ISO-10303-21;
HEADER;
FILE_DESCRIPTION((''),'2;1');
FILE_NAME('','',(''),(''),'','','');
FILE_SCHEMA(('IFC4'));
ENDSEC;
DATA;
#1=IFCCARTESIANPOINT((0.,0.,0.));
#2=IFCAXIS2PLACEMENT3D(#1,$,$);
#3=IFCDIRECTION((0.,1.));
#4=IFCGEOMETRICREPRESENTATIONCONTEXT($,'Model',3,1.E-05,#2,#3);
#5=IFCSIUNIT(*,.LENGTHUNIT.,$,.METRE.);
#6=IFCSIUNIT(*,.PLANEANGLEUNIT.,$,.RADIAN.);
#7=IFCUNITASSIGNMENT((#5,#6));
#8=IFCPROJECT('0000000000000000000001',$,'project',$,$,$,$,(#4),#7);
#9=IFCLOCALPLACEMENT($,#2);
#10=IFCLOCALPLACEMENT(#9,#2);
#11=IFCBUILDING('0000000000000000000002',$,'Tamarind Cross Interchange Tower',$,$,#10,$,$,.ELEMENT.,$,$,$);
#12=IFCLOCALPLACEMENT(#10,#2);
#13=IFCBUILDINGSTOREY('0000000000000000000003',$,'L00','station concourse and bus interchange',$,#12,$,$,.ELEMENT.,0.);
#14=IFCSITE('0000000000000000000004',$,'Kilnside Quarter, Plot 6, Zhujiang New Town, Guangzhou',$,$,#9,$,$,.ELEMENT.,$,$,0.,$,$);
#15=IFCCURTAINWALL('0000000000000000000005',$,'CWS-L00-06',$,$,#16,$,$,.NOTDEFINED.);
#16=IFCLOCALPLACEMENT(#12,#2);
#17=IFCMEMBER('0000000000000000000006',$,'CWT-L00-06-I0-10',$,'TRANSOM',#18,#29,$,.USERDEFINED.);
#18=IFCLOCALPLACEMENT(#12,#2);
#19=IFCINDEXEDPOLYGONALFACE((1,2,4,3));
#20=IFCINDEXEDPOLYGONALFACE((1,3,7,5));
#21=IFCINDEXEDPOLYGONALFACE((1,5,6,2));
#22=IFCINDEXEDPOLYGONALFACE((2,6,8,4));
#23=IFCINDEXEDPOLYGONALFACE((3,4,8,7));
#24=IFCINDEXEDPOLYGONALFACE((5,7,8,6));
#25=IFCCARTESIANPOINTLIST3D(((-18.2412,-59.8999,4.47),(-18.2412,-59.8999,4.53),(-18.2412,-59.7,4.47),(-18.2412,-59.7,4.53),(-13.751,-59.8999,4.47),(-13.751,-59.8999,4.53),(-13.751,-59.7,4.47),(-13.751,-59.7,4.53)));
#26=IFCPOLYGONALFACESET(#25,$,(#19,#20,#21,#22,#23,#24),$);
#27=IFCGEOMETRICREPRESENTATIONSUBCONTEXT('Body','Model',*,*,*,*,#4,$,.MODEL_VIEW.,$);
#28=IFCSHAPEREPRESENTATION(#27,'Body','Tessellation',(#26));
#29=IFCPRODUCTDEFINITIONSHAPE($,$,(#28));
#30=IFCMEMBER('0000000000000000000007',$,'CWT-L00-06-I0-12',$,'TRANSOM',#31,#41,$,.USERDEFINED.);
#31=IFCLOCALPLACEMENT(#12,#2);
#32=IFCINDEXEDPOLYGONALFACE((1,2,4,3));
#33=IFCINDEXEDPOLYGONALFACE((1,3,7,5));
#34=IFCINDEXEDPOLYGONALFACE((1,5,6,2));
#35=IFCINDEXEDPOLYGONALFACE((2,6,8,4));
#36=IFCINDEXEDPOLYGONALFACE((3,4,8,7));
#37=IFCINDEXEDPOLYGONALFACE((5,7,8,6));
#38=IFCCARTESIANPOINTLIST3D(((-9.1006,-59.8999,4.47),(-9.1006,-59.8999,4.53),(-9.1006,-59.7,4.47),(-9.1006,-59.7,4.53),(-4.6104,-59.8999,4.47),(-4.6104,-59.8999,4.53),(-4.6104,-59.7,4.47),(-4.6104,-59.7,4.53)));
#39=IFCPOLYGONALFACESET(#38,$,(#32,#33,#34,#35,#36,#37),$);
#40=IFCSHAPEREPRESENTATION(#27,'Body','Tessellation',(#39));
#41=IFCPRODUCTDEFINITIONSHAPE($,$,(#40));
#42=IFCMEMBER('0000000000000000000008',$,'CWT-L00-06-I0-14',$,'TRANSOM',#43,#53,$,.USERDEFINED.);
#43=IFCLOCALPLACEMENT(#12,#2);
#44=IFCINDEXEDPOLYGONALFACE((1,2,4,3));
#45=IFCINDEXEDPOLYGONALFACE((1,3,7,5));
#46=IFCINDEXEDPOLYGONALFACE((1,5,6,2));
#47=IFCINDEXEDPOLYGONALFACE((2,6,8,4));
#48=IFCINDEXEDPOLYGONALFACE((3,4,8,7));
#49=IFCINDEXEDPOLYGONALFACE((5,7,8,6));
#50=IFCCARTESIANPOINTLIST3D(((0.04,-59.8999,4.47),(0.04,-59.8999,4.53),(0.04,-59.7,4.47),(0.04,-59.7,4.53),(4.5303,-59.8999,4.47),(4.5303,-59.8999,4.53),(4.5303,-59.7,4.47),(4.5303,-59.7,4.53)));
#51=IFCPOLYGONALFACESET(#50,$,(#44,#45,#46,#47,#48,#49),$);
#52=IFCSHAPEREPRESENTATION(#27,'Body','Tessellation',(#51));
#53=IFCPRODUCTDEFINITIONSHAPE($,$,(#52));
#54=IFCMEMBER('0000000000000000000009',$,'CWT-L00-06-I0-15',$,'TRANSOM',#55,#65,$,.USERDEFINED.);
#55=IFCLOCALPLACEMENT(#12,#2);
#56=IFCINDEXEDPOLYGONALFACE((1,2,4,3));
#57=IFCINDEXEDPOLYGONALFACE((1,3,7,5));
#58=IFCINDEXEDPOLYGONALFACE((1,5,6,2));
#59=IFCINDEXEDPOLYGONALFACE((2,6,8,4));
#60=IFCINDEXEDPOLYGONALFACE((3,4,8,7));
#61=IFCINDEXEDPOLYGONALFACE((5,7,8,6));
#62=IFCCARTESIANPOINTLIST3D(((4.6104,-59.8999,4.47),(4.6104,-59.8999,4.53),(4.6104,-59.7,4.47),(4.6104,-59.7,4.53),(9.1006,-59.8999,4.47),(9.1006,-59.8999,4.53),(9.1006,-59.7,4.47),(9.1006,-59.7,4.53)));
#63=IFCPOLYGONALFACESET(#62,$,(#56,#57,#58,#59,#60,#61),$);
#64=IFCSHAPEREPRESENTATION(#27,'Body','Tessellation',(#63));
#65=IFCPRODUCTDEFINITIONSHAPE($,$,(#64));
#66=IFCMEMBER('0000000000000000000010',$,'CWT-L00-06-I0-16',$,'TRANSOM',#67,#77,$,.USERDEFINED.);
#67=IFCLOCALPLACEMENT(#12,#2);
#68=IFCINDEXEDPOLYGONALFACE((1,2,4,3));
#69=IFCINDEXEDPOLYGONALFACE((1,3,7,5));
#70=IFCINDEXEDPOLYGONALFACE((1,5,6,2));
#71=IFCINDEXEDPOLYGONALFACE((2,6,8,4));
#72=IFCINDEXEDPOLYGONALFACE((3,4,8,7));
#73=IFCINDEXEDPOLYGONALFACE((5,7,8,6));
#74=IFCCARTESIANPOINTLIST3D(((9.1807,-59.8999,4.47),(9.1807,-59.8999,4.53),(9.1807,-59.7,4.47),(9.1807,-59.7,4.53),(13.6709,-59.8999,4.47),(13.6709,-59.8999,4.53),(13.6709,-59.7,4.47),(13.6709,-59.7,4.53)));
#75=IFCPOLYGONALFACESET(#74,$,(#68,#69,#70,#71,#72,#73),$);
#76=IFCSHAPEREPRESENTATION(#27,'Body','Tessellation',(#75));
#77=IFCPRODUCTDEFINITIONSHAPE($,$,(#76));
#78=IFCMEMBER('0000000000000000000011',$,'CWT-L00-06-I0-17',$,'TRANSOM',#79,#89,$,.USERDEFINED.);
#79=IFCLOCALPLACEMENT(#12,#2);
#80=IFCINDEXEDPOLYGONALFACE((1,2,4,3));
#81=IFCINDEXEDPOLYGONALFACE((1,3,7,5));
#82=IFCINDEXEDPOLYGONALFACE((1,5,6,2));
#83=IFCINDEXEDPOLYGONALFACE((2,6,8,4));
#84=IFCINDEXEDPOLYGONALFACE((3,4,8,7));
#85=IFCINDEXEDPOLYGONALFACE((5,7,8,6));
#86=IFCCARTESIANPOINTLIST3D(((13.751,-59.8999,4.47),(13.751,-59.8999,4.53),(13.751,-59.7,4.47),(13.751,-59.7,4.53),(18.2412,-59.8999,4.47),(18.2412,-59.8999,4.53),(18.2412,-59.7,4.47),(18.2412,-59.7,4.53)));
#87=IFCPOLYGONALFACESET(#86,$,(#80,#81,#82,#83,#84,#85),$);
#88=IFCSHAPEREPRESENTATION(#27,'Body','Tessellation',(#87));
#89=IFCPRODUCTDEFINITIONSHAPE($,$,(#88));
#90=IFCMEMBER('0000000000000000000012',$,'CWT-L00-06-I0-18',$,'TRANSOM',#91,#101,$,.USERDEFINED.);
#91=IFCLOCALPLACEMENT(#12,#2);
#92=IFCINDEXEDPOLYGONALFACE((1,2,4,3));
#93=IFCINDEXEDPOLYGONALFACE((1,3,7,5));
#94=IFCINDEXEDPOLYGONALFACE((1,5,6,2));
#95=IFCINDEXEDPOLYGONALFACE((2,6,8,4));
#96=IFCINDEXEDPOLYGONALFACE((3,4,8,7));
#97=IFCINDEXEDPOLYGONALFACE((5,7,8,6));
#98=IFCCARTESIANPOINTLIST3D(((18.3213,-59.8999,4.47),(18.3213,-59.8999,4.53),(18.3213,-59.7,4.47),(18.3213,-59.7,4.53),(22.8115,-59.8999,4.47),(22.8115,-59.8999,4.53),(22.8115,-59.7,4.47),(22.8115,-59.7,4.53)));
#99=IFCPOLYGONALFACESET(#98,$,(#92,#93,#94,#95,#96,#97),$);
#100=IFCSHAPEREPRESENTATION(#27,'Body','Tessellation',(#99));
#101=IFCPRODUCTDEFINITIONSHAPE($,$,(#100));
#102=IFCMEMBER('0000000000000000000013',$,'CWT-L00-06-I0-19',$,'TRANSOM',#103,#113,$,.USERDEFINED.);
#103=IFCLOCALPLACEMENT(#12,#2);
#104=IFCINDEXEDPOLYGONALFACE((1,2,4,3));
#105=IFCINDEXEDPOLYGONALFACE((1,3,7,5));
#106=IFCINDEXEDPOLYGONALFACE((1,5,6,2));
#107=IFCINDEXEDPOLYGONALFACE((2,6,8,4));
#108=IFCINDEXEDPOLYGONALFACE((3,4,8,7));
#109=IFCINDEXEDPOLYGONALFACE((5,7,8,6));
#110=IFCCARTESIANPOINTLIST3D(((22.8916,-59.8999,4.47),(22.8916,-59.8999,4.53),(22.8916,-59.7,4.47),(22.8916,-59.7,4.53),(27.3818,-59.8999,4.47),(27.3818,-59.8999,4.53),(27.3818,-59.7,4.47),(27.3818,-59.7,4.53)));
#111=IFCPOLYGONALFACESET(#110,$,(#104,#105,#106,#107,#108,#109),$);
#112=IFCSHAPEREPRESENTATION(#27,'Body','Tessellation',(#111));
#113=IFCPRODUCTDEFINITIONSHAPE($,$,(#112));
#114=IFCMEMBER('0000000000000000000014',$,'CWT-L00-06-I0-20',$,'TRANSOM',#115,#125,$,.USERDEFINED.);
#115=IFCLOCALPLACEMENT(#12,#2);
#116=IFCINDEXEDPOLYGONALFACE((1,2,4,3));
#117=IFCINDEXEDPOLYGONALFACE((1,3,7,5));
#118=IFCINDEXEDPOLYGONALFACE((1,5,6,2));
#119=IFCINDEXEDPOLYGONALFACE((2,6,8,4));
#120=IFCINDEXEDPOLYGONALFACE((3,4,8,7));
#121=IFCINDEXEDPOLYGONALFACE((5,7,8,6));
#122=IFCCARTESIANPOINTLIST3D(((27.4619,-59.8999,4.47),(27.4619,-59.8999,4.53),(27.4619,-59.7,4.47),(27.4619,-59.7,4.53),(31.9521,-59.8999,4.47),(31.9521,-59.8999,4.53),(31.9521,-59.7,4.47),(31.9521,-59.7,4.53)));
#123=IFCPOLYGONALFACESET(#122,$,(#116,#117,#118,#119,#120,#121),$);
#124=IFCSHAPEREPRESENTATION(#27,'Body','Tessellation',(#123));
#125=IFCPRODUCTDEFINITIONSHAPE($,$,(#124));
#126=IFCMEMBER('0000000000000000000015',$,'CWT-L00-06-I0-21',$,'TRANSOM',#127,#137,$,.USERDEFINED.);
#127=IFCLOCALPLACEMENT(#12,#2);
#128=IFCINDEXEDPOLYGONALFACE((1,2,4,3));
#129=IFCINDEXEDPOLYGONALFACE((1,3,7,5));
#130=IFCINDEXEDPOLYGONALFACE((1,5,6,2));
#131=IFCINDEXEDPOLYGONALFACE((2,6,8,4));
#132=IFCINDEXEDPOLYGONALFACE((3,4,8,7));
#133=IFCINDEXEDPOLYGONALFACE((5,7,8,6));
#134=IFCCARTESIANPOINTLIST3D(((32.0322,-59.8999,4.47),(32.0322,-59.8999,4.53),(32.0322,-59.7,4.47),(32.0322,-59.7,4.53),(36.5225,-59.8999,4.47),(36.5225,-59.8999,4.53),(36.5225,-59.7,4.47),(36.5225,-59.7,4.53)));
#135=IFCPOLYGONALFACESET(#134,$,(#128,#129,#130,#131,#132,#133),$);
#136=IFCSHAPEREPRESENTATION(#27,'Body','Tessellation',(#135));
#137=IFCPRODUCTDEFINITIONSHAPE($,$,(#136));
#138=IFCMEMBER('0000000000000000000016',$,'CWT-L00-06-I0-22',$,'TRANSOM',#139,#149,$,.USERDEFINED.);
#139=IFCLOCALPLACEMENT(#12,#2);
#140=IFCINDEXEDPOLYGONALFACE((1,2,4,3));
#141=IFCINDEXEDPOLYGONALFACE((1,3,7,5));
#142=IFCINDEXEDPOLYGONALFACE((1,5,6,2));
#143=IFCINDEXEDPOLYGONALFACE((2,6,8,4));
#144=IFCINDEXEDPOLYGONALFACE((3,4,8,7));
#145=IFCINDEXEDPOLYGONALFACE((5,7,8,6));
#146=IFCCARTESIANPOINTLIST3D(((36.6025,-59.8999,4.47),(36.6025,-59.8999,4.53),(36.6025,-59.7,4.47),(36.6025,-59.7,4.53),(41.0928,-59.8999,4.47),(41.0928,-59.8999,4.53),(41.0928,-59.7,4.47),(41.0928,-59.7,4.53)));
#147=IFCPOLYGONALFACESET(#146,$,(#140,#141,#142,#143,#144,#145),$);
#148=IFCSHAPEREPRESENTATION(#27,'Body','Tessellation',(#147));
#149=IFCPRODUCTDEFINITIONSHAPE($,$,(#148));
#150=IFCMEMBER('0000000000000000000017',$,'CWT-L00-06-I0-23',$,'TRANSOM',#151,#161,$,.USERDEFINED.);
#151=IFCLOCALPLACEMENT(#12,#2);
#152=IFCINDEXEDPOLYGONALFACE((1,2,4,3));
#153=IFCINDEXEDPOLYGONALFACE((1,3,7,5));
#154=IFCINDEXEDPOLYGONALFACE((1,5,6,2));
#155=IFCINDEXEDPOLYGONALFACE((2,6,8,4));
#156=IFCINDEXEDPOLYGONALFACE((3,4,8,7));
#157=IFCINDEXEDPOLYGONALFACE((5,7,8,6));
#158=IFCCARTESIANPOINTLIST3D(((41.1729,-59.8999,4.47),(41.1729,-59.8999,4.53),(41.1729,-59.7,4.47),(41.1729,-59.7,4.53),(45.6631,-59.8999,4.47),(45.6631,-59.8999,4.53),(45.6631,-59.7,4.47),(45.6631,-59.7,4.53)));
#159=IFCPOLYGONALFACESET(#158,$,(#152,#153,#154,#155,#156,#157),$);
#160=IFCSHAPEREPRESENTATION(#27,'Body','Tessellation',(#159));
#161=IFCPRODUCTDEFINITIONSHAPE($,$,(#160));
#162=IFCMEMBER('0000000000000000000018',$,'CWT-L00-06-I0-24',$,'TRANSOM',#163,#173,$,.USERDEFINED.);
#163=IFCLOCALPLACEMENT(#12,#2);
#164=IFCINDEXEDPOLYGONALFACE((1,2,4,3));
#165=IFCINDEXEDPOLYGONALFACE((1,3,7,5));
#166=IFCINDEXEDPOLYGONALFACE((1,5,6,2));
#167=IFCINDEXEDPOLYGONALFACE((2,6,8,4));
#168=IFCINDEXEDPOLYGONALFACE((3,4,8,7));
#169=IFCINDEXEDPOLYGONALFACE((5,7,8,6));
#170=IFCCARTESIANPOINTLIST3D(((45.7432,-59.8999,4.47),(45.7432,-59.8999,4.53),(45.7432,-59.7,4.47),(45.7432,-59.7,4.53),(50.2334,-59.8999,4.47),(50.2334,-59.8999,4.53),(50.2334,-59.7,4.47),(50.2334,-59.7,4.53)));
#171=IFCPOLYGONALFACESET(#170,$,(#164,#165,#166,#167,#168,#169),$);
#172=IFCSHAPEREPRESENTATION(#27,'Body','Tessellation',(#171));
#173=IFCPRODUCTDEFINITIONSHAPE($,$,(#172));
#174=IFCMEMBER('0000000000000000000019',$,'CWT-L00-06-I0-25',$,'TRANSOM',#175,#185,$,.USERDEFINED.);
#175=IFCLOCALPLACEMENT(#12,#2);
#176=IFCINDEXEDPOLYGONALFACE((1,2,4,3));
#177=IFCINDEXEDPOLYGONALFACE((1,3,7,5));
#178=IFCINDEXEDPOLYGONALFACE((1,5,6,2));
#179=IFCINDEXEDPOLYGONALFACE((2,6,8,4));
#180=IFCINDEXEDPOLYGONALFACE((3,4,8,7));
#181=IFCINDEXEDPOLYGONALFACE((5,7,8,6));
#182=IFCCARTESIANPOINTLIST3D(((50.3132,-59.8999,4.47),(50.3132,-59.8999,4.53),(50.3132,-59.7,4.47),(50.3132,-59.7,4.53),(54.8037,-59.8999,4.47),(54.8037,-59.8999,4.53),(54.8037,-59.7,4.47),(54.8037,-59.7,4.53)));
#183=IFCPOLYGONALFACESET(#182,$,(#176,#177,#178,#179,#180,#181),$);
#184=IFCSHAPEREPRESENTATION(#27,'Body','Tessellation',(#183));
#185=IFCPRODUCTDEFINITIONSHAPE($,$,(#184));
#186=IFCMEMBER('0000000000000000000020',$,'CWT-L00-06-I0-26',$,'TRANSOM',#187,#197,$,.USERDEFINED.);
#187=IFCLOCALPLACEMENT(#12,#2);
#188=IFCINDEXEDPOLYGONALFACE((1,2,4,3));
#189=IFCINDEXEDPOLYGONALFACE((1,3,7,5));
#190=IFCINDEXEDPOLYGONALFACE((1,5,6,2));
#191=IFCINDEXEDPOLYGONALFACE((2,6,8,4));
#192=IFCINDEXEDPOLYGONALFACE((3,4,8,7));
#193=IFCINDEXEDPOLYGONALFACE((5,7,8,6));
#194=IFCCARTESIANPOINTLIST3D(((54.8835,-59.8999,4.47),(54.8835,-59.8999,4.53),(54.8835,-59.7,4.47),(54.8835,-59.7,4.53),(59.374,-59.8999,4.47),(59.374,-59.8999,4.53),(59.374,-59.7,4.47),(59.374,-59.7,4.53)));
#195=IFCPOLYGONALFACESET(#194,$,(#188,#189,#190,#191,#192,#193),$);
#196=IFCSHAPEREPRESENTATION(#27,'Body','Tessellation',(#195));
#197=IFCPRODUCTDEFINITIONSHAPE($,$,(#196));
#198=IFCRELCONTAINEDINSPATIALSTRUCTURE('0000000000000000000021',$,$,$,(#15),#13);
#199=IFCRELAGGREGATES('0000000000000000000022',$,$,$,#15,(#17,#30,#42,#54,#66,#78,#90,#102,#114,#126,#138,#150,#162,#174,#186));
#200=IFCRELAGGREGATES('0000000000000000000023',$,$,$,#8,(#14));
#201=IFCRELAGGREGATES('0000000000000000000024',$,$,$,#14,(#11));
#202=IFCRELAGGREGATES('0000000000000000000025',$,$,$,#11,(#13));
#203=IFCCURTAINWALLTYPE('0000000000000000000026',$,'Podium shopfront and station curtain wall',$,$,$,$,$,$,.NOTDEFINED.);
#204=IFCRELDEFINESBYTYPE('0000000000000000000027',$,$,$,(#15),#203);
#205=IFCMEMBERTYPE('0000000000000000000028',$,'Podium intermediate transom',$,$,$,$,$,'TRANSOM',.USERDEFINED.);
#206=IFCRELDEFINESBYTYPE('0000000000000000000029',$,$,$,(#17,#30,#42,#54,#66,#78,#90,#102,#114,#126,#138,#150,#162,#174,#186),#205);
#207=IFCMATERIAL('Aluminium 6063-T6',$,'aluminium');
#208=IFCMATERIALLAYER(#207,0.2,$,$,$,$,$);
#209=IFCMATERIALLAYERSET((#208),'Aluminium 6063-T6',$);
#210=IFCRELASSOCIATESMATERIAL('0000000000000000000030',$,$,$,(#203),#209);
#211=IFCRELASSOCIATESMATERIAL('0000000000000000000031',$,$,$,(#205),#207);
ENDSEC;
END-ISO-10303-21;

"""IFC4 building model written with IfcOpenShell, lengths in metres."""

from ifc_helpers import new_model, si_unit, direction, frame, origin, place, context, subcontext, project, spatial, polyline, outline, extrude, material, layer, layer_set, type_object, element, aggregate, save


model = new_model("IFC4")

# Units and contexts
model_context = context("Model", 3, precision=1e-05, world=origin(), true_north=direction((0.0, 1.0)))
body_context = subcontext(model_context, "Body", "Model", "MODEL_VIEW")
ifc_project = project(units=[si_unit("LENGTHUNIT", "METRE"), si_unit("PLANEANGLEUNIT", "RADIAN")], contexts=[model_context])

# Site, building, storey
site_placement = place(None, origin())
site = spatial("IfcSite", under=ifc_project, at=site_placement, Name="Kilnside Quarter, Plot 6, Zhujiang New Town, Guangzhou", CompositionType="ELEMENT", RefElevation=0.0)
building_placement = place(site_placement, origin())
building = spatial("IfcBuilding", under=site, at=building_placement, Name="Tamarind Cross Interchange Tower", CompositionType="ELEMENT")
storey_placement = place(building_placement, origin())
storey = spatial("IfcBuildingStorey", under=building, at=storey_placement, Name="L00", Description="station concourse and bus interchange", CompositionType="ELEMENT", Elevation=0.0)

# Curtain wall, members
ifc_material_1 = material(Name="Aluminium 6063-T6", Category="aluminium")
ifc_layer_1 = layer(ifc_material_1, 0.2)
ifc_layer_set_1 = layer_set([ifc_layer_1], Name="Aluminium 6063-T6")
curtain_wall_type = type_object("IfcCurtainWallType", Name="Podium shopfront and station curtain wall", PredefinedType="NOTDEFINED", material=ifc_layer_set_1)
curtain_wall_placement = place(storey_placement, origin())
curtain_wall = element("IfcCurtainWall", 1, at=curtain_wall_placement, inside=storey, type_object=curtain_wall_type, Name="CWS-L00-06", PredefinedType="NOTDEFINED")
member_type = type_object("IfcMemberType", Name="Podium intermediate transom", ElementType="TRANSOM", PredefinedType="USERDEFINED", material=ifc_material_1)
member_1_placement = place(storey_placement, frame((0.0, 0.0, 4.47)))
member_1 = element("IfcMember", 2, at=member_1_placement, type_object=member_type, Name="CWT-L00-06-I0-10", ObjectType="TRANSOM", PredefinedType="USERDEFINED", context=body_context, shape_type="SweptSolid", body=[
    extrude(outline(polyline([(-18.2412, -59.7), (-13.751, -59.7), (-13.751, -59.8999), (-18.2412, -59.8999), (-18.2412, -59.7)])), origin(), (0.0, 0.0, 1.0), 0.0601),
])
member_2_placement = place(storey_placement, frame((0.0, 0.0, 4.47)))
member_2 = element("IfcMember", 3, at=member_2_placement, type_object=member_type, Name="CWT-L00-06-I0-12", ObjectType="TRANSOM", PredefinedType="USERDEFINED", context=body_context, shape_type="SweptSolid", body=[
    extrude(outline(polyline([(-9.1006, -59.7), (-4.6104, -59.7), (-4.6104, -59.8999), (-9.1006, -59.8999), (-9.1006, -59.7)])), origin(), (0.0, 0.0, 1.0), 0.0601),
])
member_3_placement = place(storey_placement, frame((0.0, 0.0, 4.47)))
member_3 = element("IfcMember", 4, at=member_3_placement, type_object=member_type, Name="CWT-L00-06-I0-14", ObjectType="TRANSOM", PredefinedType="USERDEFINED", context=body_context, shape_type="SweptSolid", body=[
    extrude(outline(polyline([(0.04, -59.7), (4.5303, -59.7), (4.5303, -59.8999), (0.04, -59.8999), (0.04, -59.7)])), origin(), (0.0, 0.0, 1.0), 0.0601),
])
member_4_placement = place(storey_placement, frame((0.0, 0.0, 4.47)))
member_4 = element("IfcMember", 5, at=member_4_placement, type_object=member_type, Name="CWT-L00-06-I0-15", ObjectType="TRANSOM", PredefinedType="USERDEFINED", context=body_context, shape_type="SweptSolid", body=[
    extrude(outline(polyline([(4.6104, -59.7), (9.1006, -59.7), (9.1006, -59.8999), (4.6104, -59.8999), (4.6104, -59.7)])), origin(), (0.0, 0.0, 1.0), 0.0601),
])
member_5_placement = place(storey_placement, frame((0.0, 0.0, 4.47)))
member_5 = element("IfcMember", 6, at=member_5_placement, type_object=member_type, Name="CWT-L00-06-I0-16", ObjectType="TRANSOM", PredefinedType="USERDEFINED", context=body_context, shape_type="SweptSolid", body=[
    extrude(outline(polyline([(9.1807, -59.7), (13.6709, -59.7), (13.6709, -59.8999), (9.1807, -59.8999), (9.1807, -59.7)])), origin(), (0.0, 0.0, 1.0), 0.0601),
])
member_6_placement = place(storey_placement, frame((0.0, 0.0, 4.47)))
member_6 = element("IfcMember", 7, at=member_6_placement, type_object=member_type, Name="CWT-L00-06-I0-17", ObjectType="TRANSOM", PredefinedType="USERDEFINED", context=body_context, shape_type="SweptSolid", body=[
    extrude(outline(polyline([(13.751, -59.7), (18.2412, -59.7), (18.2412, -59.8999), (13.751, -59.8999), (13.751, -59.7)])), origin(), (0.0, 0.0, 1.0), 0.0601),
])
member_7_placement = place(storey_placement, frame((0.0, 0.0, 4.47)))
member_7 = element("IfcMember", 8, at=member_7_placement, type_object=member_type, Name="CWT-L00-06-I0-18", ObjectType="TRANSOM", PredefinedType="USERDEFINED", context=body_context, shape_type="SweptSolid", body=[
    extrude(outline(polyline([(18.3213, -59.7), (22.8115, -59.7), (22.8115, -59.8999), (18.3213, -59.8999), (18.3213, -59.7)])), origin(), (0.0, 0.0, 1.0), 0.0601),
])
member_8_placement = place(storey_placement, frame((0.0, 0.0, 4.47)))
member_8 = element("IfcMember", 9, at=member_8_placement, type_object=member_type, Name="CWT-L00-06-I0-19", ObjectType="TRANSOM", PredefinedType="USERDEFINED", context=body_context, shape_type="SweptSolid", body=[
    extrude(outline(polyline([(22.8916, -59.7), (27.3818, -59.7), (27.3818, -59.8999), (22.8916, -59.8999), (22.8916, -59.7)])), origin(), (0.0, 0.0, 1.0), 0.0601),
])
member_9_placement = place(storey_placement, frame((0.0, 0.0, 4.47)))
member_9 = element("IfcMember", 10, at=member_9_placement, type_object=member_type, Name="CWT-L00-06-I0-20", ObjectType="TRANSOM", PredefinedType="USERDEFINED", context=body_context, shape_type="SweptSolid", body=[
    extrude(outline(polyline([(27.4619, -59.7), (31.9521, -59.7), (31.9521, -59.8999), (27.4619, -59.8999), (27.4619, -59.7)])), origin(), (0.0, 0.0, 1.0), 0.0601),
])
member_10_placement = place(storey_placement, frame((0.0, 0.0, 4.47)))
member_10 = element("IfcMember", 11, at=member_10_placement, type_object=member_type, Name="CWT-L00-06-I0-21", ObjectType="TRANSOM", PredefinedType="USERDEFINED", context=body_context, shape_type="SweptSolid", body=[
    extrude(outline(polyline([(32.0322, -59.7), (36.5225, -59.7), (36.5225, -59.8999), (32.0322, -59.8999), (32.0322, -59.7)])), origin(), (0.0, 0.0, 1.0), 0.0601),
])
member_11_placement = place(storey_placement, frame((0.0, 0.0, 4.47)))
member_11 = element("IfcMember", 12, at=member_11_placement, type_object=member_type, Name="CWT-L00-06-I0-22", ObjectType="TRANSOM", PredefinedType="USERDEFINED", context=body_context, shape_type="SweptSolid", body=[
    extrude(outline(polyline([(36.6025, -59.7), (41.0928, -59.7), (41.0928, -59.8999), (36.6025, -59.8999), (36.6025, -59.7)])), origin(), (0.0, 0.0, 1.0), 0.0601),
])
member_12_placement = place(storey_placement, frame((0.0, 0.0, 4.47)))
member_12 = element("IfcMember", 13, at=member_12_placement, type_object=member_type, Name="CWT-L00-06-I0-23", ObjectType="TRANSOM", PredefinedType="USERDEFINED", context=body_context, shape_type="SweptSolid", body=[
    extrude(outline(polyline([(41.1729, -59.7), (45.6631, -59.7), (45.6631, -59.8999), (41.1729, -59.8999), (41.1729, -59.7)])), origin(), (0.0, 0.0, 1.0), 0.0601),
])
member_13_placement = place(storey_placement, frame((0.0, 0.0, 4.47)))
member_13 = element("IfcMember", 14, at=member_13_placement, type_object=member_type, Name="CWT-L00-06-I0-24", ObjectType="TRANSOM", PredefinedType="USERDEFINED", context=body_context, shape_type="SweptSolid", body=[
    extrude(outline(polyline([(45.7432, -59.7), (50.2334, -59.7), (50.2334, -59.8999), (45.7432, -59.8999), (45.7432, -59.7)])), origin(), (0.0, 0.0, 1.0), 0.0601),
])
member_14_placement = place(storey_placement, frame((0.0, 0.0, 4.47)))
member_14 = element("IfcMember", 15, at=member_14_placement, type_object=member_type, Name="CWT-L00-06-I0-25", ObjectType="TRANSOM", PredefinedType="USERDEFINED", context=body_context, shape_type="SweptSolid", body=[
    extrude(outline(polyline([(50.3132, -59.7), (54.8037, -59.7), (54.8037, -59.8999), (50.3132, -59.8999), (50.3132, -59.7)])), origin(), (0.0, 0.0, 1.0), 0.0601),
])
member_15_placement = place(storey_placement, frame((0.0, 0.0, 4.47)))
member_15 = element("IfcMember", 16, at=member_15_placement, type_object=member_type, Name="CWT-L00-06-I0-26", ObjectType="TRANSOM", PredefinedType="USERDEFINED", context=body_context, shape_type="SweptSolid", body=[
    extrude(outline(polyline([(54.8835, -59.7), (59.374, -59.7), (59.374, -59.8999), (54.8835, -59.8999), (54.8835, -59.7)])), origin(), (0.0, 0.0, 1.0), 0.0601),
])
aggregate(curtain_wall, [member_1, member_2, member_3, member_4, member_5, member_6, member_7, member_8, member_9, member_10, member_11, member_12, member_13, member_14, member_15])

save(model, "model.ifc")
